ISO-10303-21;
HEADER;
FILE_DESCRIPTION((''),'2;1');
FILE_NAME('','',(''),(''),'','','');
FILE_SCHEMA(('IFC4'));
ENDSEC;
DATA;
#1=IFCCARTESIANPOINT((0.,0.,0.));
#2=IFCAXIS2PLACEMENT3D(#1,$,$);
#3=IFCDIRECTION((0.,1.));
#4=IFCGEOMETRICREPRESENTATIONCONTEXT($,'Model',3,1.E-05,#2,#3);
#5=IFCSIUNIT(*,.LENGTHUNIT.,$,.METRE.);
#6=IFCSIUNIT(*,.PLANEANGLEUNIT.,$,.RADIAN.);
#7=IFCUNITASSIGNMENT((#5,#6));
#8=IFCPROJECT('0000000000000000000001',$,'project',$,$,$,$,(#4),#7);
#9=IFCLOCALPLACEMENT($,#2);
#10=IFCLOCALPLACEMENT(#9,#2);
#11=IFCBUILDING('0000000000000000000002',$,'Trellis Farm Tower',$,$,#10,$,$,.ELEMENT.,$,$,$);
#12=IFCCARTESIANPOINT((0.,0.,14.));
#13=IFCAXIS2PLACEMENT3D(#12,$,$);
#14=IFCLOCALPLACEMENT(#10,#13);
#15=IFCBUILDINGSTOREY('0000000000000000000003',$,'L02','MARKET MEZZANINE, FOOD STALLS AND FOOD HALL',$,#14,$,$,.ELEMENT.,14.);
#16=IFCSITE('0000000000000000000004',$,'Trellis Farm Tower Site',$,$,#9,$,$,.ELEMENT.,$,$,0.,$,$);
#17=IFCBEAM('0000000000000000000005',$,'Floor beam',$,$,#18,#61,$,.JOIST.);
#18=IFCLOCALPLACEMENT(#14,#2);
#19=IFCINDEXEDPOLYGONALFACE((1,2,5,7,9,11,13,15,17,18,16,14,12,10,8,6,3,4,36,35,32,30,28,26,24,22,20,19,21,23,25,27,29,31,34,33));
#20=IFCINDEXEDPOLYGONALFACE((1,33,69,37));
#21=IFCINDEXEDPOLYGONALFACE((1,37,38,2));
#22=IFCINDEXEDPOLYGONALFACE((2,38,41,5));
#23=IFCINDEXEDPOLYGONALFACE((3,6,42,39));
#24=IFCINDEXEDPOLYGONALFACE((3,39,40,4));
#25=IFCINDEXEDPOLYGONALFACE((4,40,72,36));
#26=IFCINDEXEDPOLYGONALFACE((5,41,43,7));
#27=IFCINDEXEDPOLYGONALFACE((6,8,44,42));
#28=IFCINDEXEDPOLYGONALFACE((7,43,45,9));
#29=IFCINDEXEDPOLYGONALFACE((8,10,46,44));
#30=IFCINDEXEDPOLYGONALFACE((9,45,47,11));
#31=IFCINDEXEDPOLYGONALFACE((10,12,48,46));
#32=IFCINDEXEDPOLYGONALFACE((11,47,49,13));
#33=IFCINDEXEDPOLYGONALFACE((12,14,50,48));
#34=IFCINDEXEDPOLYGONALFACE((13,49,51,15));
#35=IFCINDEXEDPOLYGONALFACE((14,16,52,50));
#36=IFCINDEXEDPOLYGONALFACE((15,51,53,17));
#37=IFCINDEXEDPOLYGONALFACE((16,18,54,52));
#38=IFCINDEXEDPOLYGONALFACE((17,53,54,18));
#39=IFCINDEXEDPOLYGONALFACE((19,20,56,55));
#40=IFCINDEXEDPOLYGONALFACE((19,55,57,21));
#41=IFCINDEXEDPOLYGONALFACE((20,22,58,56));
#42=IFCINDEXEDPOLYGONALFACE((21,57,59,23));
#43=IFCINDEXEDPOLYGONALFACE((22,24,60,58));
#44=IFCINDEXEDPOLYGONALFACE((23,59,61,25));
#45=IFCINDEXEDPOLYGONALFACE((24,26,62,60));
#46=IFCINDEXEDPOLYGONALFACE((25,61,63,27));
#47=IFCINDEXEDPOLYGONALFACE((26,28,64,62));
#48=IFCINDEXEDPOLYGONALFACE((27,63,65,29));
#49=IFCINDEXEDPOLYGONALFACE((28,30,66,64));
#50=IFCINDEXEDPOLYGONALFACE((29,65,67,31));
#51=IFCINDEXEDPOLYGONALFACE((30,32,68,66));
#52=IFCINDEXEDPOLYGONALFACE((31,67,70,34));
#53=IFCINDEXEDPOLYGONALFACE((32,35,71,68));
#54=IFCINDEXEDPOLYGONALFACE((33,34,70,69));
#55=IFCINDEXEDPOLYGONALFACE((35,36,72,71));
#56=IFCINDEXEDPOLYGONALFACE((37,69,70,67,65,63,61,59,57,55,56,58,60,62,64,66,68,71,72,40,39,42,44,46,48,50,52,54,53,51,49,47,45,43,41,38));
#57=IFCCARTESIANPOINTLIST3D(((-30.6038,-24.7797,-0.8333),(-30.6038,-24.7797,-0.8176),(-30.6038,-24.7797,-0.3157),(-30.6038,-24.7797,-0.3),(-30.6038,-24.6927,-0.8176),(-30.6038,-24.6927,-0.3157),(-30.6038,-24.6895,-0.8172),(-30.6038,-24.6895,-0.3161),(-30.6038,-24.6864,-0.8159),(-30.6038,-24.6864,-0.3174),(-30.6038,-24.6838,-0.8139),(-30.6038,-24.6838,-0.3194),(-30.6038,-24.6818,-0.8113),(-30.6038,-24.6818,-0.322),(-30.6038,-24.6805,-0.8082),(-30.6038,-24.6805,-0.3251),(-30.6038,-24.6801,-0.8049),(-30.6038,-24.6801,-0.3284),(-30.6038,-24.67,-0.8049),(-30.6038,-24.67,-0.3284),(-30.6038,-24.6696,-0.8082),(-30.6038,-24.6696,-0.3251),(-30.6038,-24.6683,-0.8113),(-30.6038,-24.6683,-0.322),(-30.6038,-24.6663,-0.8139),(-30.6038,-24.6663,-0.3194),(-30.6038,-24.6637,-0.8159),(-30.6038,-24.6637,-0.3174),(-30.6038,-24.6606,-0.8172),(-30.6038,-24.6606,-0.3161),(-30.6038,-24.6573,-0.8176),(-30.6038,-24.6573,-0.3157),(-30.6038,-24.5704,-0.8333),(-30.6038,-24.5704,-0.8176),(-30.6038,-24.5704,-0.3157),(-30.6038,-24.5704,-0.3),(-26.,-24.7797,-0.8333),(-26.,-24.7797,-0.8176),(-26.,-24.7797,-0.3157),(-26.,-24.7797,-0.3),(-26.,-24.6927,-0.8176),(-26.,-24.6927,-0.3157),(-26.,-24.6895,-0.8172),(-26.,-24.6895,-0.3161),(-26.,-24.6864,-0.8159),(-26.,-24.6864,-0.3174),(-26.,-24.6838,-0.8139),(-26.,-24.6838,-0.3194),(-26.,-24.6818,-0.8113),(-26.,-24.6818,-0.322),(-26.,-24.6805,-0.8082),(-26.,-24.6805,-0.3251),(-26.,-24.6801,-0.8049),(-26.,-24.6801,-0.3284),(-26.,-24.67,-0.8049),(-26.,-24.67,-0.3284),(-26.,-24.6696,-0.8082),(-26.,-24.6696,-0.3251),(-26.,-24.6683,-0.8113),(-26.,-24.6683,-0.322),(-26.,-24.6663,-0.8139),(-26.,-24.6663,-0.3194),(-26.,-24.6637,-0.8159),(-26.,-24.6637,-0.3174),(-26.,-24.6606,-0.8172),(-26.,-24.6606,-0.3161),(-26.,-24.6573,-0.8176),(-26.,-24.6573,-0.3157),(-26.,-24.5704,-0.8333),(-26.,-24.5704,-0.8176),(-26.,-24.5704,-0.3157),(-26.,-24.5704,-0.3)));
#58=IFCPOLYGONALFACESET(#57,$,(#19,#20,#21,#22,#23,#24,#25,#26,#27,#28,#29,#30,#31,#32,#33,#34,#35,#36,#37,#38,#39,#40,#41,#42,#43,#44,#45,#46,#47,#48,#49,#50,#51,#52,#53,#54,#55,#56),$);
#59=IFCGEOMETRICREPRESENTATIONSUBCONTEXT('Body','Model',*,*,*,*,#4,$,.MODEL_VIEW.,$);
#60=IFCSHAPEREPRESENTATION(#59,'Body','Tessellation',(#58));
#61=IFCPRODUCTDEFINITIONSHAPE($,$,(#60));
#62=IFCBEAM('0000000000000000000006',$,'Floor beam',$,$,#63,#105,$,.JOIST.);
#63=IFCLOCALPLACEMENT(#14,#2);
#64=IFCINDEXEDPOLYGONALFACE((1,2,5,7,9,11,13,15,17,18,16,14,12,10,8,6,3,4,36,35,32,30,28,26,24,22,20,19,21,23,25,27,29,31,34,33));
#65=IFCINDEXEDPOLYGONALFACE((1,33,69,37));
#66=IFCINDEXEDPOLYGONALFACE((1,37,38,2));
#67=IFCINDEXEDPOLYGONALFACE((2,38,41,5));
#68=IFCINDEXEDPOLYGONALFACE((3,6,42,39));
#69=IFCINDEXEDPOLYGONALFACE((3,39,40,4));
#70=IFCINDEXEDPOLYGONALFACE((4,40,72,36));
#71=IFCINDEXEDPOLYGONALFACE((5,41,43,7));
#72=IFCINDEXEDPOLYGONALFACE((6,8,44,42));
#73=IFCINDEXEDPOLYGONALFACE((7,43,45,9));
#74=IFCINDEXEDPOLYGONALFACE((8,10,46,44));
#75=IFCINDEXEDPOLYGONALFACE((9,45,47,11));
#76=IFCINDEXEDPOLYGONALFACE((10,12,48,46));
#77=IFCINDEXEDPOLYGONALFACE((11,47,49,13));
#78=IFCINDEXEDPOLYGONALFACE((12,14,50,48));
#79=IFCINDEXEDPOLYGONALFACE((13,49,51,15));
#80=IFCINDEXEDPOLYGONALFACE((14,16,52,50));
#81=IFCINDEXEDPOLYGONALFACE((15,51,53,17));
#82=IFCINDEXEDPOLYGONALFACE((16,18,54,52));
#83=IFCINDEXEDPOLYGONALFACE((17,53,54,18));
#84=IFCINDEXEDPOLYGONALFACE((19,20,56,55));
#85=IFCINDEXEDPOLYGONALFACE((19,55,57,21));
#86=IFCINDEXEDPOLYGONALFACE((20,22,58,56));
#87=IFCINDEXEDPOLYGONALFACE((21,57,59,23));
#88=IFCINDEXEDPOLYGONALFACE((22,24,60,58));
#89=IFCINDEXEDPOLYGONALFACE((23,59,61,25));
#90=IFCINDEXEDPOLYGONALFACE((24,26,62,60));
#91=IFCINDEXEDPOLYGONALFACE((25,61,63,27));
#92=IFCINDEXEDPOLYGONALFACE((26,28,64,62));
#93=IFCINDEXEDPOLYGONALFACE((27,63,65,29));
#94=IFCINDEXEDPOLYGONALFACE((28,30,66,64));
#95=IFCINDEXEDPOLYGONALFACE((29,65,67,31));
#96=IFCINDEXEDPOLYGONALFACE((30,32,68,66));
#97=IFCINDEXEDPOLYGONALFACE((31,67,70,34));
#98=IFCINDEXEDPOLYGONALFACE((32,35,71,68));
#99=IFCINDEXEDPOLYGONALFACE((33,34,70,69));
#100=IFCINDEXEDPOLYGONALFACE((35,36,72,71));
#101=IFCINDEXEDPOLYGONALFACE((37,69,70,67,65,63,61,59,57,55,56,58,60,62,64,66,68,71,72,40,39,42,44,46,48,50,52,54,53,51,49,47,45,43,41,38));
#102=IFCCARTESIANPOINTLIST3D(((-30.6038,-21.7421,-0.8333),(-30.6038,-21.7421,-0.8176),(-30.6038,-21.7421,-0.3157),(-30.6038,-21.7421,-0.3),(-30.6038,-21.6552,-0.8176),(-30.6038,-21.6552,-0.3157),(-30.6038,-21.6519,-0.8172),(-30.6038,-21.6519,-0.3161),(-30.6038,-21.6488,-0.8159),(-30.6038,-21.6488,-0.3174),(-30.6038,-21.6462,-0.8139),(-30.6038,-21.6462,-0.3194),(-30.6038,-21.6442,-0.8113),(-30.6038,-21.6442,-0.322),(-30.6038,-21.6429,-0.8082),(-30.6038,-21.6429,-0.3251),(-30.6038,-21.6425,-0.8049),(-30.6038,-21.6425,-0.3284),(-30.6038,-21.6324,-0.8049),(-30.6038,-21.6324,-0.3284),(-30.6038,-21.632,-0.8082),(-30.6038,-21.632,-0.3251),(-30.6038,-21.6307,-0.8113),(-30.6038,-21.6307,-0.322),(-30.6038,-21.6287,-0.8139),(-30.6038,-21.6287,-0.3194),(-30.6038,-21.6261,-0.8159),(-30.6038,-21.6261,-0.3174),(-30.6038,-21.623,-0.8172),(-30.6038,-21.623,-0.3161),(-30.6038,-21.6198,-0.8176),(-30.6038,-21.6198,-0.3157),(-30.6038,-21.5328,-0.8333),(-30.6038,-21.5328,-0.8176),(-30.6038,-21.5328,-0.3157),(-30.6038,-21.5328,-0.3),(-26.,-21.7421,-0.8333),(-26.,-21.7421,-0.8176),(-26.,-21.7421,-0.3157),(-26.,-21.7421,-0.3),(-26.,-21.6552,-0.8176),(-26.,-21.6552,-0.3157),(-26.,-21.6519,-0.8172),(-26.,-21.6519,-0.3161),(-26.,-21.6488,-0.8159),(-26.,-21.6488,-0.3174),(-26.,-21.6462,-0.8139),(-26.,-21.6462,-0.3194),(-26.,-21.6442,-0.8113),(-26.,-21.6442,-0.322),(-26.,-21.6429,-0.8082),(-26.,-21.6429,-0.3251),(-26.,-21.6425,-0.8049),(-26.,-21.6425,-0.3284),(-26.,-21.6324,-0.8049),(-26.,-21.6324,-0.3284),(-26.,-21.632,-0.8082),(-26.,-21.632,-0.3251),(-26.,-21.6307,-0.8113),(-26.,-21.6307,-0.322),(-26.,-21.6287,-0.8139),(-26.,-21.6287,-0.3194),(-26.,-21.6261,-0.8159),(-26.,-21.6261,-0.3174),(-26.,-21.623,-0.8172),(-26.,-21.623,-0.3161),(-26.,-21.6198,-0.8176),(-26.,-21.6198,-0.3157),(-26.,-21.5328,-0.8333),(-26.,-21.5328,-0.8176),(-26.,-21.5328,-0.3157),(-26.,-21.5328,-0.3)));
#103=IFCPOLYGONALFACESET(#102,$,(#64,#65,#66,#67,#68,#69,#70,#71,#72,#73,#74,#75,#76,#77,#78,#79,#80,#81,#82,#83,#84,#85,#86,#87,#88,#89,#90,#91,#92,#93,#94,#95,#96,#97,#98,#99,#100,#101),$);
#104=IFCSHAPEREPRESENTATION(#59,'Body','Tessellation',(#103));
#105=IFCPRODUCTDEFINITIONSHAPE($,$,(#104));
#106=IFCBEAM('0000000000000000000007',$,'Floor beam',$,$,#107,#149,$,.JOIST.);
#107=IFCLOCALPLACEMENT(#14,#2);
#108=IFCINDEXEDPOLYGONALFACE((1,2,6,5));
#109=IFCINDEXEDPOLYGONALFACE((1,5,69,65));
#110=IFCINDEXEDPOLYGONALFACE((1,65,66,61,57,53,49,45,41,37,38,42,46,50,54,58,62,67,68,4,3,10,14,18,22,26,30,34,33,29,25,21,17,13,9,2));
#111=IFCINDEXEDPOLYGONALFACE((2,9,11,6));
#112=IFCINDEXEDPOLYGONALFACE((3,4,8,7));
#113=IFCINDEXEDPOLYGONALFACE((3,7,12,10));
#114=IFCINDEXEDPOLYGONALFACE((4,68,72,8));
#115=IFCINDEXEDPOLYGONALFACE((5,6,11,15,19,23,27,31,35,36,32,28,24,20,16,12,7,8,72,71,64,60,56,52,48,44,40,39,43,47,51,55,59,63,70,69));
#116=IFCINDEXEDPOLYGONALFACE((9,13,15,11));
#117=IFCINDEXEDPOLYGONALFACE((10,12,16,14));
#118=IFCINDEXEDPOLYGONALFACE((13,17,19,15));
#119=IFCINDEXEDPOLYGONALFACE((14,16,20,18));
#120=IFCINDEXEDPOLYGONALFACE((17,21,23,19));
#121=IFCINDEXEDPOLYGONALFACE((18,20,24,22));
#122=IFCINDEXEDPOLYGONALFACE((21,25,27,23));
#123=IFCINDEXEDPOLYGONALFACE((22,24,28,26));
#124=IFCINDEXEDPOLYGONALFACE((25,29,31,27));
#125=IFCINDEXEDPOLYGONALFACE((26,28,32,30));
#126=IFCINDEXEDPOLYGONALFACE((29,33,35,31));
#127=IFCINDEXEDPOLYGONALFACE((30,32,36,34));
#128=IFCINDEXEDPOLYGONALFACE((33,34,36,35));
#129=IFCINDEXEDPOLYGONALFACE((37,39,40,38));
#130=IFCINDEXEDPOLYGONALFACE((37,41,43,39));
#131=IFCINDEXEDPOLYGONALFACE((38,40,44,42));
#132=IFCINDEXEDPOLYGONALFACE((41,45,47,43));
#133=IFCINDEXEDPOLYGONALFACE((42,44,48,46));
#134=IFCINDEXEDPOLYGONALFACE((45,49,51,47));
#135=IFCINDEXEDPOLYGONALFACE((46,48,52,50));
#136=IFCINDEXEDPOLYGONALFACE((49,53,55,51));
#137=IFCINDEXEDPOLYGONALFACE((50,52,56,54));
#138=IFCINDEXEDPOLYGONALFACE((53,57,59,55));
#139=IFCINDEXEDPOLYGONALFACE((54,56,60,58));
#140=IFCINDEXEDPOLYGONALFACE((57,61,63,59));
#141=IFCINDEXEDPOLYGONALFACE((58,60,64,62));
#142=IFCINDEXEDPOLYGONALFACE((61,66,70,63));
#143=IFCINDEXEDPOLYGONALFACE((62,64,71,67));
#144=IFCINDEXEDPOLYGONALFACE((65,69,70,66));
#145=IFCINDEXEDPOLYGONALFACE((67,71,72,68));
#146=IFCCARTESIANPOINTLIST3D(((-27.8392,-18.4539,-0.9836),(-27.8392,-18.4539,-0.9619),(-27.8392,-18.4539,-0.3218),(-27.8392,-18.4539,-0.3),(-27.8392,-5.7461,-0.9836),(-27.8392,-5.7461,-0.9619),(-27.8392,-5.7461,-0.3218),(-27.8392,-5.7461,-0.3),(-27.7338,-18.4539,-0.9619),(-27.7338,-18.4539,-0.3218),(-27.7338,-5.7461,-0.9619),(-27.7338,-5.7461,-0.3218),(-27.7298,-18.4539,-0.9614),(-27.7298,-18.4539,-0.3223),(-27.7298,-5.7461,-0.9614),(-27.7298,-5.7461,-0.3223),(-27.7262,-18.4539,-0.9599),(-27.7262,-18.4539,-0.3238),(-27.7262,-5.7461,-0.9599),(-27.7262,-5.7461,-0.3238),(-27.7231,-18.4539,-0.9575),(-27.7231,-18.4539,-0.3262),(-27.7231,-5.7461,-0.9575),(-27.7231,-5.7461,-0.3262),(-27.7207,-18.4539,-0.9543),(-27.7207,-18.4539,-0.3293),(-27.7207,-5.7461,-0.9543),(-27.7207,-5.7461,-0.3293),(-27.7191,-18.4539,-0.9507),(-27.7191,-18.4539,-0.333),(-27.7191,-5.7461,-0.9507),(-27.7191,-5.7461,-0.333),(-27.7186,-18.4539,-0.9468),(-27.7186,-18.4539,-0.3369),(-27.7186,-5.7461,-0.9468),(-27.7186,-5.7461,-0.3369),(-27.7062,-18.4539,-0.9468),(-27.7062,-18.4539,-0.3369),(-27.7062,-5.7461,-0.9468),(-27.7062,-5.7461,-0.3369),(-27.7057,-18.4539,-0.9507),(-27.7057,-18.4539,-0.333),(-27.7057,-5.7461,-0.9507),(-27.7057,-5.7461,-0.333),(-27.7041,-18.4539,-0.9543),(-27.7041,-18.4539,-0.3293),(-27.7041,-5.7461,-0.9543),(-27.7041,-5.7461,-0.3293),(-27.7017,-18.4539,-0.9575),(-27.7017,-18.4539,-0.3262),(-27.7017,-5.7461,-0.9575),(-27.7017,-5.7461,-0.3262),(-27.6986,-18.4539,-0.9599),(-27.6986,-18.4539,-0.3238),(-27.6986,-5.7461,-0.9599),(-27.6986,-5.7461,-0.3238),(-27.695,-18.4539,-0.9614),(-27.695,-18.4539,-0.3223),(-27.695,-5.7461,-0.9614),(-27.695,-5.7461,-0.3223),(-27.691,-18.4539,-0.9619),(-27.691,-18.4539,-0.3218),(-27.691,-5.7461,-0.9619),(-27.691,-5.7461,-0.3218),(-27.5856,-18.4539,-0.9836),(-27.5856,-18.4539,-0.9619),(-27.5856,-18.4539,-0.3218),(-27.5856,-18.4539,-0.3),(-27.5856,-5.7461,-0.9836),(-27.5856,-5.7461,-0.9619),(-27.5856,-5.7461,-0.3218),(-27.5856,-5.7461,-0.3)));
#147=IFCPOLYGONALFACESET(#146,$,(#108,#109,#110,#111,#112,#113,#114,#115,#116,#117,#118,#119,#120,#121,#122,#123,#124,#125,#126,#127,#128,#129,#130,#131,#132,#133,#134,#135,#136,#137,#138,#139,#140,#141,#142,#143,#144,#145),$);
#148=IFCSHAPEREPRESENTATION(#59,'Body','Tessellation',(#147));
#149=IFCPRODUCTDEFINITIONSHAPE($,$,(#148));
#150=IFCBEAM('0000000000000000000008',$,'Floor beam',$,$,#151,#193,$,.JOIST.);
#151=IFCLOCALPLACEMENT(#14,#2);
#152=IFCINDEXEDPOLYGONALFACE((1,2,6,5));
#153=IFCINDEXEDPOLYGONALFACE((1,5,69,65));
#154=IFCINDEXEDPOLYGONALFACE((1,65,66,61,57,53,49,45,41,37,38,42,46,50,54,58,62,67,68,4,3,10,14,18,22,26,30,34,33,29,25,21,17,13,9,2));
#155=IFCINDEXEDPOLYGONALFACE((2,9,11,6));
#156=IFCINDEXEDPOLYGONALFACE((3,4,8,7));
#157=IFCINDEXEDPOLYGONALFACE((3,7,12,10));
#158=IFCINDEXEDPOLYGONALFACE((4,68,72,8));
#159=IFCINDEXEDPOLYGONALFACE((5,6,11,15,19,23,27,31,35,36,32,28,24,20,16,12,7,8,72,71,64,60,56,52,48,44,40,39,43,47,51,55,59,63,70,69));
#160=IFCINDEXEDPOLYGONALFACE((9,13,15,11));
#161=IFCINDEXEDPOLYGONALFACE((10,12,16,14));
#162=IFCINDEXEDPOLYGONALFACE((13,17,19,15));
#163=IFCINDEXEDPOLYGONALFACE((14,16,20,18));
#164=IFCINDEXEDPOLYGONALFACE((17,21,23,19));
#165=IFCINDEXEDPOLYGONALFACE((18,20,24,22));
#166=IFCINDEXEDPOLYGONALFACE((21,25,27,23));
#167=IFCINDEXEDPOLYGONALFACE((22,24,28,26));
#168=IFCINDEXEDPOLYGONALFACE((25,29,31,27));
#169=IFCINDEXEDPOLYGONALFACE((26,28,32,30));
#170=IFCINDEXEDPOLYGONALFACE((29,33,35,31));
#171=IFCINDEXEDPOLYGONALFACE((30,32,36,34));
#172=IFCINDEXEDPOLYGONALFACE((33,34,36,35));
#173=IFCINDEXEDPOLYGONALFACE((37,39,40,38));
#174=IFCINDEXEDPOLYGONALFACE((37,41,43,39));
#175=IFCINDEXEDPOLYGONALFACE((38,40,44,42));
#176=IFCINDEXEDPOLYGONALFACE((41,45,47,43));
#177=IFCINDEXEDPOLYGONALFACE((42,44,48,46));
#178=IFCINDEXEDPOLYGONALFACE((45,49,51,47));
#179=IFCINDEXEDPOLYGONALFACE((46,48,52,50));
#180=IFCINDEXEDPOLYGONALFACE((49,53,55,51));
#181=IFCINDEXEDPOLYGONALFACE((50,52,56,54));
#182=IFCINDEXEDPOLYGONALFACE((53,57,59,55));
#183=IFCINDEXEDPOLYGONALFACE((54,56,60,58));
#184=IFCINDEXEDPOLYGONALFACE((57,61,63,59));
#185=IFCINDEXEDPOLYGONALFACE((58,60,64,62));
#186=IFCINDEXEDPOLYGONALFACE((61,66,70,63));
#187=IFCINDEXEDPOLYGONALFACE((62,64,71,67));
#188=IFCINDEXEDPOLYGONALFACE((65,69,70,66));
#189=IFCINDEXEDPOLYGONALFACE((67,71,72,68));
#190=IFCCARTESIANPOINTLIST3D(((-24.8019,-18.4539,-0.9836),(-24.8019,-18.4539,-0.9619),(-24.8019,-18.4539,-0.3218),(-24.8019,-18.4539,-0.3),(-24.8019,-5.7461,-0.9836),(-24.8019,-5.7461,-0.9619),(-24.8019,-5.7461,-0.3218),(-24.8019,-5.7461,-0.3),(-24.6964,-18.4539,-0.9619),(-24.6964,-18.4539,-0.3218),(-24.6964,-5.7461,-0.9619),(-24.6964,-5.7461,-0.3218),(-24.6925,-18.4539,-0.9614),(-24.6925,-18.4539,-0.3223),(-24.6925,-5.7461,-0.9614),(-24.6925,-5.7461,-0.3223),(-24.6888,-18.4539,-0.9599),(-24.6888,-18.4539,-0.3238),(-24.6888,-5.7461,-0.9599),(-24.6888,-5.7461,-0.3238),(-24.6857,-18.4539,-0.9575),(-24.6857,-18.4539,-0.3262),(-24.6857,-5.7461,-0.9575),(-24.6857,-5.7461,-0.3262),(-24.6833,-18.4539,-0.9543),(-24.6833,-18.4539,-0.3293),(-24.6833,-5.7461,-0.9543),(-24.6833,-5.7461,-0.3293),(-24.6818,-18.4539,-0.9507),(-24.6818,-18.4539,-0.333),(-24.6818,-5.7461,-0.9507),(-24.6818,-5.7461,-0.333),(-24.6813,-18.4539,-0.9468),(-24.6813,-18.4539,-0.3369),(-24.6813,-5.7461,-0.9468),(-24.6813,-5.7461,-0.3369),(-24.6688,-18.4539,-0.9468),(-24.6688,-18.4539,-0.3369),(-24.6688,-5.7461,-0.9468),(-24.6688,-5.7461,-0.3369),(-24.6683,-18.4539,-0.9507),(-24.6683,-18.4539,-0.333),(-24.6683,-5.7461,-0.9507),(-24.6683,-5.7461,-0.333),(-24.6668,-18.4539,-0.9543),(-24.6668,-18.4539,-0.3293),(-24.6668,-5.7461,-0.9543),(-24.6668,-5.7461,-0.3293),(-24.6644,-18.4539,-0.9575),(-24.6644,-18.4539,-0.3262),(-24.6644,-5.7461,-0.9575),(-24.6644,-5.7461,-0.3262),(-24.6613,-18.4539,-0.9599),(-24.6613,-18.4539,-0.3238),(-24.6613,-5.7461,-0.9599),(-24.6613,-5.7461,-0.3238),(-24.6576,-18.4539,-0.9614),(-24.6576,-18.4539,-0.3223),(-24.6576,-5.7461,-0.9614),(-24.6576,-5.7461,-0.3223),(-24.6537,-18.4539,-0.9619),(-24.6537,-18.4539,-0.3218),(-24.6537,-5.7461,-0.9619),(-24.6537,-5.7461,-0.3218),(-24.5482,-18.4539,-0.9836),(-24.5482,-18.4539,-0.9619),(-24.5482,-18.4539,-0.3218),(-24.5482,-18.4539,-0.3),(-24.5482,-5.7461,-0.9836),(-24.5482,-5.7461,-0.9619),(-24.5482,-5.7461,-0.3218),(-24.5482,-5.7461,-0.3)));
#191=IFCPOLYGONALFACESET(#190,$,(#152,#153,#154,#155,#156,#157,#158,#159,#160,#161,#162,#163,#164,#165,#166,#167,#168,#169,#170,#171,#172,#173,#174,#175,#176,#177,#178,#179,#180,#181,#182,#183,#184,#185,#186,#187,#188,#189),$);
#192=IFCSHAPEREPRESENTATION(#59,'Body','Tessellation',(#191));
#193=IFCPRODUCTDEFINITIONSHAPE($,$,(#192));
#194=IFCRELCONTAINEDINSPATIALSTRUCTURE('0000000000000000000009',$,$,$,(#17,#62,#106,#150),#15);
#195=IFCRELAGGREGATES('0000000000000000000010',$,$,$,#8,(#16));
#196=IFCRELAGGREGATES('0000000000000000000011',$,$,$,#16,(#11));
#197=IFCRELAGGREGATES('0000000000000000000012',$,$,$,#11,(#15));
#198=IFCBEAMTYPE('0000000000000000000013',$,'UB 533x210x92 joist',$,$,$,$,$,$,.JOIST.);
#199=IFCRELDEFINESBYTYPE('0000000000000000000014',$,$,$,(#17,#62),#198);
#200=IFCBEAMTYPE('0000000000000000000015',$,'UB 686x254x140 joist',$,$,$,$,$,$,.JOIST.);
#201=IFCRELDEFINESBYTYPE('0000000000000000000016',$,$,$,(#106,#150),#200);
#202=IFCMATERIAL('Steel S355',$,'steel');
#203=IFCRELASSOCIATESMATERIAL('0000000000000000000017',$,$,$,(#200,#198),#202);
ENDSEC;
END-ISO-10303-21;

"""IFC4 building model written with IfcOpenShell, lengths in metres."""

from ifc_helpers import new_model, si_unit, direction, frame, origin, origin_2d, place, context, subcontext, project, spatial, i_section, extrude, source, transform, mapped, material, material_profile, profile_set, type_object, element, save


model = new_model("IFC4")

# Units and contexts
model_context = context("Model", 3, precision=1e-05, world=origin(), true_north=direction((0.0, 1.0)))
body_context = subcontext(model_context, "Body", "Model", "MODEL_VIEW")
ifc_project = project(units=[si_unit("LENGTHUNIT", "METRE"), si_unit("PLANEANGLEUNIT", "RADIAN")], contexts=[model_context])

# Site, building, storey
site_placement = place(None, origin())
site = spatial("IfcSite", under=ifc_project, at=site_placement, Name="Trellis Farm Tower Site", CompositionType="ELEMENT", RefElevation=0.0)
building_placement = place(site_placement, origin())
building = spatial("IfcBuilding", under=site, at=building_placement, Name="Trellis Farm Tower", CompositionType="ELEMENT")
storey_placement = place(building_placement, frame((0.0, 0.0, 14.0)))
storey = spatial("IfcBuildingStorey", under=building, at=storey_placement, Name="L02", Description="MARKET MEZZANINE, FOOD STALLS AND FOOD HALL", CompositionType="ELEMENT", Elevation=14.0)

# Beams
ifc_material_1 = material(Name="Steel S355", Category="steel")
ifc_material_profile_1 = material_profile(ifc_material_1, i_section(OverallWidth=0.2537, OverallDepth=0.6836, WebThickness=0.0125, FlangeThickness=0.0217, FilletRadius=0.0151, at=origin_2d()), Name="UB 686x254x140")
ifc_profile_set_1 = profile_set([ifc_material_profile_1], Name="Steel S355")
beam_type_1 = type_object("IfcBeamType", Name="UB 686x254x140 joist", PredefinedType="JOIST", material=ifc_profile_set_1)
ifc_material_profile_2 = material_profile(ifc_material_1, i_section(OverallWidth=0.2092, OverallDepth=0.5332, WebThickness=0.01, FlangeThickness=0.0156, FilletRadius=0.0127, at=origin_2d()), Name="UB 533x210x92")
ifc_profile_set_2 = profile_set([ifc_material_profile_2], Name="Steel S355")
beam_type_2 = type_object("IfcBeamType", Name="UB 533x210x92 joist", PredefinedType="JOIST", material=ifc_profile_set_2)
shared_shape_1 = source(origin(), body_context, "Body", "SweptSolid", [
    extrude(i_section(OverallWidth=0.2092, OverallDepth=0.5332, WebThickness=0.01, FlangeThickness=0.0156, FilletRadius=0.0127, at=origin_2d()), origin(), (0.0, 0.0, 1.0), 4.6038),
])
for number, where, z_axis, x_axis, name in (
    (1, (-30.6038, -24.675, -0.5667), (1.0, 0.0, 0.0), (0.0, 1.0, 0.0), "Floor beam"),
    (2, (-30.6038, -21.6375, -0.5667), (1.0, 0.0, 0.0), (0.0, 1.0, 0.0), "Floor beam"),
):
    element("IfcBeam", number, at=place(storey_placement, frame(where, z_axis=z_axis, x_axis=x_axis)), inside=storey, type_object=beam_type_2, Name=name, PredefinedType="JOIST", context=body_context, shape_type="MappedRepresentation", body=[
        mapped(shared_shape_1, transform((0.0, 0.0, 0.0))),
    ])
shared_shape_2 = source(origin(), body_context, "Body", "SweptSolid", [
    extrude(i_section(OverallWidth=0.2537, OverallDepth=0.6836, WebThickness=0.0125, FlangeThickness=0.0217, FilletRadius=0.0151, at=origin_2d()), origin(), (0.0, 0.0, 1.0), 12.7078),
])
for number, where, z_axis, x_axis, name in (
    (3, (-27.7124, -18.4539, -0.6418), (0.0, 1.0, 0.0), (-1.0, 0.0, 0.0), "Floor beam"),
    (4, (-24.675, -18.4539, -0.6418), (0.0, 1.0, 0.0), (-1.0, 0.0, 0.0), "Floor beam"),
):
    element("IfcBeam", number, at=place(storey_placement, frame(where, z_axis=z_axis, x_axis=x_axis)), inside=storey, type_object=beam_type_1, Name=name, PredefinedType="JOIST", context=body_context, shape_type="MappedRepresentation", body=[
        mapped(shared_shape_2, transform((0.0, 0.0, 0.0))),
    ])

save(model, "model.ifc")
